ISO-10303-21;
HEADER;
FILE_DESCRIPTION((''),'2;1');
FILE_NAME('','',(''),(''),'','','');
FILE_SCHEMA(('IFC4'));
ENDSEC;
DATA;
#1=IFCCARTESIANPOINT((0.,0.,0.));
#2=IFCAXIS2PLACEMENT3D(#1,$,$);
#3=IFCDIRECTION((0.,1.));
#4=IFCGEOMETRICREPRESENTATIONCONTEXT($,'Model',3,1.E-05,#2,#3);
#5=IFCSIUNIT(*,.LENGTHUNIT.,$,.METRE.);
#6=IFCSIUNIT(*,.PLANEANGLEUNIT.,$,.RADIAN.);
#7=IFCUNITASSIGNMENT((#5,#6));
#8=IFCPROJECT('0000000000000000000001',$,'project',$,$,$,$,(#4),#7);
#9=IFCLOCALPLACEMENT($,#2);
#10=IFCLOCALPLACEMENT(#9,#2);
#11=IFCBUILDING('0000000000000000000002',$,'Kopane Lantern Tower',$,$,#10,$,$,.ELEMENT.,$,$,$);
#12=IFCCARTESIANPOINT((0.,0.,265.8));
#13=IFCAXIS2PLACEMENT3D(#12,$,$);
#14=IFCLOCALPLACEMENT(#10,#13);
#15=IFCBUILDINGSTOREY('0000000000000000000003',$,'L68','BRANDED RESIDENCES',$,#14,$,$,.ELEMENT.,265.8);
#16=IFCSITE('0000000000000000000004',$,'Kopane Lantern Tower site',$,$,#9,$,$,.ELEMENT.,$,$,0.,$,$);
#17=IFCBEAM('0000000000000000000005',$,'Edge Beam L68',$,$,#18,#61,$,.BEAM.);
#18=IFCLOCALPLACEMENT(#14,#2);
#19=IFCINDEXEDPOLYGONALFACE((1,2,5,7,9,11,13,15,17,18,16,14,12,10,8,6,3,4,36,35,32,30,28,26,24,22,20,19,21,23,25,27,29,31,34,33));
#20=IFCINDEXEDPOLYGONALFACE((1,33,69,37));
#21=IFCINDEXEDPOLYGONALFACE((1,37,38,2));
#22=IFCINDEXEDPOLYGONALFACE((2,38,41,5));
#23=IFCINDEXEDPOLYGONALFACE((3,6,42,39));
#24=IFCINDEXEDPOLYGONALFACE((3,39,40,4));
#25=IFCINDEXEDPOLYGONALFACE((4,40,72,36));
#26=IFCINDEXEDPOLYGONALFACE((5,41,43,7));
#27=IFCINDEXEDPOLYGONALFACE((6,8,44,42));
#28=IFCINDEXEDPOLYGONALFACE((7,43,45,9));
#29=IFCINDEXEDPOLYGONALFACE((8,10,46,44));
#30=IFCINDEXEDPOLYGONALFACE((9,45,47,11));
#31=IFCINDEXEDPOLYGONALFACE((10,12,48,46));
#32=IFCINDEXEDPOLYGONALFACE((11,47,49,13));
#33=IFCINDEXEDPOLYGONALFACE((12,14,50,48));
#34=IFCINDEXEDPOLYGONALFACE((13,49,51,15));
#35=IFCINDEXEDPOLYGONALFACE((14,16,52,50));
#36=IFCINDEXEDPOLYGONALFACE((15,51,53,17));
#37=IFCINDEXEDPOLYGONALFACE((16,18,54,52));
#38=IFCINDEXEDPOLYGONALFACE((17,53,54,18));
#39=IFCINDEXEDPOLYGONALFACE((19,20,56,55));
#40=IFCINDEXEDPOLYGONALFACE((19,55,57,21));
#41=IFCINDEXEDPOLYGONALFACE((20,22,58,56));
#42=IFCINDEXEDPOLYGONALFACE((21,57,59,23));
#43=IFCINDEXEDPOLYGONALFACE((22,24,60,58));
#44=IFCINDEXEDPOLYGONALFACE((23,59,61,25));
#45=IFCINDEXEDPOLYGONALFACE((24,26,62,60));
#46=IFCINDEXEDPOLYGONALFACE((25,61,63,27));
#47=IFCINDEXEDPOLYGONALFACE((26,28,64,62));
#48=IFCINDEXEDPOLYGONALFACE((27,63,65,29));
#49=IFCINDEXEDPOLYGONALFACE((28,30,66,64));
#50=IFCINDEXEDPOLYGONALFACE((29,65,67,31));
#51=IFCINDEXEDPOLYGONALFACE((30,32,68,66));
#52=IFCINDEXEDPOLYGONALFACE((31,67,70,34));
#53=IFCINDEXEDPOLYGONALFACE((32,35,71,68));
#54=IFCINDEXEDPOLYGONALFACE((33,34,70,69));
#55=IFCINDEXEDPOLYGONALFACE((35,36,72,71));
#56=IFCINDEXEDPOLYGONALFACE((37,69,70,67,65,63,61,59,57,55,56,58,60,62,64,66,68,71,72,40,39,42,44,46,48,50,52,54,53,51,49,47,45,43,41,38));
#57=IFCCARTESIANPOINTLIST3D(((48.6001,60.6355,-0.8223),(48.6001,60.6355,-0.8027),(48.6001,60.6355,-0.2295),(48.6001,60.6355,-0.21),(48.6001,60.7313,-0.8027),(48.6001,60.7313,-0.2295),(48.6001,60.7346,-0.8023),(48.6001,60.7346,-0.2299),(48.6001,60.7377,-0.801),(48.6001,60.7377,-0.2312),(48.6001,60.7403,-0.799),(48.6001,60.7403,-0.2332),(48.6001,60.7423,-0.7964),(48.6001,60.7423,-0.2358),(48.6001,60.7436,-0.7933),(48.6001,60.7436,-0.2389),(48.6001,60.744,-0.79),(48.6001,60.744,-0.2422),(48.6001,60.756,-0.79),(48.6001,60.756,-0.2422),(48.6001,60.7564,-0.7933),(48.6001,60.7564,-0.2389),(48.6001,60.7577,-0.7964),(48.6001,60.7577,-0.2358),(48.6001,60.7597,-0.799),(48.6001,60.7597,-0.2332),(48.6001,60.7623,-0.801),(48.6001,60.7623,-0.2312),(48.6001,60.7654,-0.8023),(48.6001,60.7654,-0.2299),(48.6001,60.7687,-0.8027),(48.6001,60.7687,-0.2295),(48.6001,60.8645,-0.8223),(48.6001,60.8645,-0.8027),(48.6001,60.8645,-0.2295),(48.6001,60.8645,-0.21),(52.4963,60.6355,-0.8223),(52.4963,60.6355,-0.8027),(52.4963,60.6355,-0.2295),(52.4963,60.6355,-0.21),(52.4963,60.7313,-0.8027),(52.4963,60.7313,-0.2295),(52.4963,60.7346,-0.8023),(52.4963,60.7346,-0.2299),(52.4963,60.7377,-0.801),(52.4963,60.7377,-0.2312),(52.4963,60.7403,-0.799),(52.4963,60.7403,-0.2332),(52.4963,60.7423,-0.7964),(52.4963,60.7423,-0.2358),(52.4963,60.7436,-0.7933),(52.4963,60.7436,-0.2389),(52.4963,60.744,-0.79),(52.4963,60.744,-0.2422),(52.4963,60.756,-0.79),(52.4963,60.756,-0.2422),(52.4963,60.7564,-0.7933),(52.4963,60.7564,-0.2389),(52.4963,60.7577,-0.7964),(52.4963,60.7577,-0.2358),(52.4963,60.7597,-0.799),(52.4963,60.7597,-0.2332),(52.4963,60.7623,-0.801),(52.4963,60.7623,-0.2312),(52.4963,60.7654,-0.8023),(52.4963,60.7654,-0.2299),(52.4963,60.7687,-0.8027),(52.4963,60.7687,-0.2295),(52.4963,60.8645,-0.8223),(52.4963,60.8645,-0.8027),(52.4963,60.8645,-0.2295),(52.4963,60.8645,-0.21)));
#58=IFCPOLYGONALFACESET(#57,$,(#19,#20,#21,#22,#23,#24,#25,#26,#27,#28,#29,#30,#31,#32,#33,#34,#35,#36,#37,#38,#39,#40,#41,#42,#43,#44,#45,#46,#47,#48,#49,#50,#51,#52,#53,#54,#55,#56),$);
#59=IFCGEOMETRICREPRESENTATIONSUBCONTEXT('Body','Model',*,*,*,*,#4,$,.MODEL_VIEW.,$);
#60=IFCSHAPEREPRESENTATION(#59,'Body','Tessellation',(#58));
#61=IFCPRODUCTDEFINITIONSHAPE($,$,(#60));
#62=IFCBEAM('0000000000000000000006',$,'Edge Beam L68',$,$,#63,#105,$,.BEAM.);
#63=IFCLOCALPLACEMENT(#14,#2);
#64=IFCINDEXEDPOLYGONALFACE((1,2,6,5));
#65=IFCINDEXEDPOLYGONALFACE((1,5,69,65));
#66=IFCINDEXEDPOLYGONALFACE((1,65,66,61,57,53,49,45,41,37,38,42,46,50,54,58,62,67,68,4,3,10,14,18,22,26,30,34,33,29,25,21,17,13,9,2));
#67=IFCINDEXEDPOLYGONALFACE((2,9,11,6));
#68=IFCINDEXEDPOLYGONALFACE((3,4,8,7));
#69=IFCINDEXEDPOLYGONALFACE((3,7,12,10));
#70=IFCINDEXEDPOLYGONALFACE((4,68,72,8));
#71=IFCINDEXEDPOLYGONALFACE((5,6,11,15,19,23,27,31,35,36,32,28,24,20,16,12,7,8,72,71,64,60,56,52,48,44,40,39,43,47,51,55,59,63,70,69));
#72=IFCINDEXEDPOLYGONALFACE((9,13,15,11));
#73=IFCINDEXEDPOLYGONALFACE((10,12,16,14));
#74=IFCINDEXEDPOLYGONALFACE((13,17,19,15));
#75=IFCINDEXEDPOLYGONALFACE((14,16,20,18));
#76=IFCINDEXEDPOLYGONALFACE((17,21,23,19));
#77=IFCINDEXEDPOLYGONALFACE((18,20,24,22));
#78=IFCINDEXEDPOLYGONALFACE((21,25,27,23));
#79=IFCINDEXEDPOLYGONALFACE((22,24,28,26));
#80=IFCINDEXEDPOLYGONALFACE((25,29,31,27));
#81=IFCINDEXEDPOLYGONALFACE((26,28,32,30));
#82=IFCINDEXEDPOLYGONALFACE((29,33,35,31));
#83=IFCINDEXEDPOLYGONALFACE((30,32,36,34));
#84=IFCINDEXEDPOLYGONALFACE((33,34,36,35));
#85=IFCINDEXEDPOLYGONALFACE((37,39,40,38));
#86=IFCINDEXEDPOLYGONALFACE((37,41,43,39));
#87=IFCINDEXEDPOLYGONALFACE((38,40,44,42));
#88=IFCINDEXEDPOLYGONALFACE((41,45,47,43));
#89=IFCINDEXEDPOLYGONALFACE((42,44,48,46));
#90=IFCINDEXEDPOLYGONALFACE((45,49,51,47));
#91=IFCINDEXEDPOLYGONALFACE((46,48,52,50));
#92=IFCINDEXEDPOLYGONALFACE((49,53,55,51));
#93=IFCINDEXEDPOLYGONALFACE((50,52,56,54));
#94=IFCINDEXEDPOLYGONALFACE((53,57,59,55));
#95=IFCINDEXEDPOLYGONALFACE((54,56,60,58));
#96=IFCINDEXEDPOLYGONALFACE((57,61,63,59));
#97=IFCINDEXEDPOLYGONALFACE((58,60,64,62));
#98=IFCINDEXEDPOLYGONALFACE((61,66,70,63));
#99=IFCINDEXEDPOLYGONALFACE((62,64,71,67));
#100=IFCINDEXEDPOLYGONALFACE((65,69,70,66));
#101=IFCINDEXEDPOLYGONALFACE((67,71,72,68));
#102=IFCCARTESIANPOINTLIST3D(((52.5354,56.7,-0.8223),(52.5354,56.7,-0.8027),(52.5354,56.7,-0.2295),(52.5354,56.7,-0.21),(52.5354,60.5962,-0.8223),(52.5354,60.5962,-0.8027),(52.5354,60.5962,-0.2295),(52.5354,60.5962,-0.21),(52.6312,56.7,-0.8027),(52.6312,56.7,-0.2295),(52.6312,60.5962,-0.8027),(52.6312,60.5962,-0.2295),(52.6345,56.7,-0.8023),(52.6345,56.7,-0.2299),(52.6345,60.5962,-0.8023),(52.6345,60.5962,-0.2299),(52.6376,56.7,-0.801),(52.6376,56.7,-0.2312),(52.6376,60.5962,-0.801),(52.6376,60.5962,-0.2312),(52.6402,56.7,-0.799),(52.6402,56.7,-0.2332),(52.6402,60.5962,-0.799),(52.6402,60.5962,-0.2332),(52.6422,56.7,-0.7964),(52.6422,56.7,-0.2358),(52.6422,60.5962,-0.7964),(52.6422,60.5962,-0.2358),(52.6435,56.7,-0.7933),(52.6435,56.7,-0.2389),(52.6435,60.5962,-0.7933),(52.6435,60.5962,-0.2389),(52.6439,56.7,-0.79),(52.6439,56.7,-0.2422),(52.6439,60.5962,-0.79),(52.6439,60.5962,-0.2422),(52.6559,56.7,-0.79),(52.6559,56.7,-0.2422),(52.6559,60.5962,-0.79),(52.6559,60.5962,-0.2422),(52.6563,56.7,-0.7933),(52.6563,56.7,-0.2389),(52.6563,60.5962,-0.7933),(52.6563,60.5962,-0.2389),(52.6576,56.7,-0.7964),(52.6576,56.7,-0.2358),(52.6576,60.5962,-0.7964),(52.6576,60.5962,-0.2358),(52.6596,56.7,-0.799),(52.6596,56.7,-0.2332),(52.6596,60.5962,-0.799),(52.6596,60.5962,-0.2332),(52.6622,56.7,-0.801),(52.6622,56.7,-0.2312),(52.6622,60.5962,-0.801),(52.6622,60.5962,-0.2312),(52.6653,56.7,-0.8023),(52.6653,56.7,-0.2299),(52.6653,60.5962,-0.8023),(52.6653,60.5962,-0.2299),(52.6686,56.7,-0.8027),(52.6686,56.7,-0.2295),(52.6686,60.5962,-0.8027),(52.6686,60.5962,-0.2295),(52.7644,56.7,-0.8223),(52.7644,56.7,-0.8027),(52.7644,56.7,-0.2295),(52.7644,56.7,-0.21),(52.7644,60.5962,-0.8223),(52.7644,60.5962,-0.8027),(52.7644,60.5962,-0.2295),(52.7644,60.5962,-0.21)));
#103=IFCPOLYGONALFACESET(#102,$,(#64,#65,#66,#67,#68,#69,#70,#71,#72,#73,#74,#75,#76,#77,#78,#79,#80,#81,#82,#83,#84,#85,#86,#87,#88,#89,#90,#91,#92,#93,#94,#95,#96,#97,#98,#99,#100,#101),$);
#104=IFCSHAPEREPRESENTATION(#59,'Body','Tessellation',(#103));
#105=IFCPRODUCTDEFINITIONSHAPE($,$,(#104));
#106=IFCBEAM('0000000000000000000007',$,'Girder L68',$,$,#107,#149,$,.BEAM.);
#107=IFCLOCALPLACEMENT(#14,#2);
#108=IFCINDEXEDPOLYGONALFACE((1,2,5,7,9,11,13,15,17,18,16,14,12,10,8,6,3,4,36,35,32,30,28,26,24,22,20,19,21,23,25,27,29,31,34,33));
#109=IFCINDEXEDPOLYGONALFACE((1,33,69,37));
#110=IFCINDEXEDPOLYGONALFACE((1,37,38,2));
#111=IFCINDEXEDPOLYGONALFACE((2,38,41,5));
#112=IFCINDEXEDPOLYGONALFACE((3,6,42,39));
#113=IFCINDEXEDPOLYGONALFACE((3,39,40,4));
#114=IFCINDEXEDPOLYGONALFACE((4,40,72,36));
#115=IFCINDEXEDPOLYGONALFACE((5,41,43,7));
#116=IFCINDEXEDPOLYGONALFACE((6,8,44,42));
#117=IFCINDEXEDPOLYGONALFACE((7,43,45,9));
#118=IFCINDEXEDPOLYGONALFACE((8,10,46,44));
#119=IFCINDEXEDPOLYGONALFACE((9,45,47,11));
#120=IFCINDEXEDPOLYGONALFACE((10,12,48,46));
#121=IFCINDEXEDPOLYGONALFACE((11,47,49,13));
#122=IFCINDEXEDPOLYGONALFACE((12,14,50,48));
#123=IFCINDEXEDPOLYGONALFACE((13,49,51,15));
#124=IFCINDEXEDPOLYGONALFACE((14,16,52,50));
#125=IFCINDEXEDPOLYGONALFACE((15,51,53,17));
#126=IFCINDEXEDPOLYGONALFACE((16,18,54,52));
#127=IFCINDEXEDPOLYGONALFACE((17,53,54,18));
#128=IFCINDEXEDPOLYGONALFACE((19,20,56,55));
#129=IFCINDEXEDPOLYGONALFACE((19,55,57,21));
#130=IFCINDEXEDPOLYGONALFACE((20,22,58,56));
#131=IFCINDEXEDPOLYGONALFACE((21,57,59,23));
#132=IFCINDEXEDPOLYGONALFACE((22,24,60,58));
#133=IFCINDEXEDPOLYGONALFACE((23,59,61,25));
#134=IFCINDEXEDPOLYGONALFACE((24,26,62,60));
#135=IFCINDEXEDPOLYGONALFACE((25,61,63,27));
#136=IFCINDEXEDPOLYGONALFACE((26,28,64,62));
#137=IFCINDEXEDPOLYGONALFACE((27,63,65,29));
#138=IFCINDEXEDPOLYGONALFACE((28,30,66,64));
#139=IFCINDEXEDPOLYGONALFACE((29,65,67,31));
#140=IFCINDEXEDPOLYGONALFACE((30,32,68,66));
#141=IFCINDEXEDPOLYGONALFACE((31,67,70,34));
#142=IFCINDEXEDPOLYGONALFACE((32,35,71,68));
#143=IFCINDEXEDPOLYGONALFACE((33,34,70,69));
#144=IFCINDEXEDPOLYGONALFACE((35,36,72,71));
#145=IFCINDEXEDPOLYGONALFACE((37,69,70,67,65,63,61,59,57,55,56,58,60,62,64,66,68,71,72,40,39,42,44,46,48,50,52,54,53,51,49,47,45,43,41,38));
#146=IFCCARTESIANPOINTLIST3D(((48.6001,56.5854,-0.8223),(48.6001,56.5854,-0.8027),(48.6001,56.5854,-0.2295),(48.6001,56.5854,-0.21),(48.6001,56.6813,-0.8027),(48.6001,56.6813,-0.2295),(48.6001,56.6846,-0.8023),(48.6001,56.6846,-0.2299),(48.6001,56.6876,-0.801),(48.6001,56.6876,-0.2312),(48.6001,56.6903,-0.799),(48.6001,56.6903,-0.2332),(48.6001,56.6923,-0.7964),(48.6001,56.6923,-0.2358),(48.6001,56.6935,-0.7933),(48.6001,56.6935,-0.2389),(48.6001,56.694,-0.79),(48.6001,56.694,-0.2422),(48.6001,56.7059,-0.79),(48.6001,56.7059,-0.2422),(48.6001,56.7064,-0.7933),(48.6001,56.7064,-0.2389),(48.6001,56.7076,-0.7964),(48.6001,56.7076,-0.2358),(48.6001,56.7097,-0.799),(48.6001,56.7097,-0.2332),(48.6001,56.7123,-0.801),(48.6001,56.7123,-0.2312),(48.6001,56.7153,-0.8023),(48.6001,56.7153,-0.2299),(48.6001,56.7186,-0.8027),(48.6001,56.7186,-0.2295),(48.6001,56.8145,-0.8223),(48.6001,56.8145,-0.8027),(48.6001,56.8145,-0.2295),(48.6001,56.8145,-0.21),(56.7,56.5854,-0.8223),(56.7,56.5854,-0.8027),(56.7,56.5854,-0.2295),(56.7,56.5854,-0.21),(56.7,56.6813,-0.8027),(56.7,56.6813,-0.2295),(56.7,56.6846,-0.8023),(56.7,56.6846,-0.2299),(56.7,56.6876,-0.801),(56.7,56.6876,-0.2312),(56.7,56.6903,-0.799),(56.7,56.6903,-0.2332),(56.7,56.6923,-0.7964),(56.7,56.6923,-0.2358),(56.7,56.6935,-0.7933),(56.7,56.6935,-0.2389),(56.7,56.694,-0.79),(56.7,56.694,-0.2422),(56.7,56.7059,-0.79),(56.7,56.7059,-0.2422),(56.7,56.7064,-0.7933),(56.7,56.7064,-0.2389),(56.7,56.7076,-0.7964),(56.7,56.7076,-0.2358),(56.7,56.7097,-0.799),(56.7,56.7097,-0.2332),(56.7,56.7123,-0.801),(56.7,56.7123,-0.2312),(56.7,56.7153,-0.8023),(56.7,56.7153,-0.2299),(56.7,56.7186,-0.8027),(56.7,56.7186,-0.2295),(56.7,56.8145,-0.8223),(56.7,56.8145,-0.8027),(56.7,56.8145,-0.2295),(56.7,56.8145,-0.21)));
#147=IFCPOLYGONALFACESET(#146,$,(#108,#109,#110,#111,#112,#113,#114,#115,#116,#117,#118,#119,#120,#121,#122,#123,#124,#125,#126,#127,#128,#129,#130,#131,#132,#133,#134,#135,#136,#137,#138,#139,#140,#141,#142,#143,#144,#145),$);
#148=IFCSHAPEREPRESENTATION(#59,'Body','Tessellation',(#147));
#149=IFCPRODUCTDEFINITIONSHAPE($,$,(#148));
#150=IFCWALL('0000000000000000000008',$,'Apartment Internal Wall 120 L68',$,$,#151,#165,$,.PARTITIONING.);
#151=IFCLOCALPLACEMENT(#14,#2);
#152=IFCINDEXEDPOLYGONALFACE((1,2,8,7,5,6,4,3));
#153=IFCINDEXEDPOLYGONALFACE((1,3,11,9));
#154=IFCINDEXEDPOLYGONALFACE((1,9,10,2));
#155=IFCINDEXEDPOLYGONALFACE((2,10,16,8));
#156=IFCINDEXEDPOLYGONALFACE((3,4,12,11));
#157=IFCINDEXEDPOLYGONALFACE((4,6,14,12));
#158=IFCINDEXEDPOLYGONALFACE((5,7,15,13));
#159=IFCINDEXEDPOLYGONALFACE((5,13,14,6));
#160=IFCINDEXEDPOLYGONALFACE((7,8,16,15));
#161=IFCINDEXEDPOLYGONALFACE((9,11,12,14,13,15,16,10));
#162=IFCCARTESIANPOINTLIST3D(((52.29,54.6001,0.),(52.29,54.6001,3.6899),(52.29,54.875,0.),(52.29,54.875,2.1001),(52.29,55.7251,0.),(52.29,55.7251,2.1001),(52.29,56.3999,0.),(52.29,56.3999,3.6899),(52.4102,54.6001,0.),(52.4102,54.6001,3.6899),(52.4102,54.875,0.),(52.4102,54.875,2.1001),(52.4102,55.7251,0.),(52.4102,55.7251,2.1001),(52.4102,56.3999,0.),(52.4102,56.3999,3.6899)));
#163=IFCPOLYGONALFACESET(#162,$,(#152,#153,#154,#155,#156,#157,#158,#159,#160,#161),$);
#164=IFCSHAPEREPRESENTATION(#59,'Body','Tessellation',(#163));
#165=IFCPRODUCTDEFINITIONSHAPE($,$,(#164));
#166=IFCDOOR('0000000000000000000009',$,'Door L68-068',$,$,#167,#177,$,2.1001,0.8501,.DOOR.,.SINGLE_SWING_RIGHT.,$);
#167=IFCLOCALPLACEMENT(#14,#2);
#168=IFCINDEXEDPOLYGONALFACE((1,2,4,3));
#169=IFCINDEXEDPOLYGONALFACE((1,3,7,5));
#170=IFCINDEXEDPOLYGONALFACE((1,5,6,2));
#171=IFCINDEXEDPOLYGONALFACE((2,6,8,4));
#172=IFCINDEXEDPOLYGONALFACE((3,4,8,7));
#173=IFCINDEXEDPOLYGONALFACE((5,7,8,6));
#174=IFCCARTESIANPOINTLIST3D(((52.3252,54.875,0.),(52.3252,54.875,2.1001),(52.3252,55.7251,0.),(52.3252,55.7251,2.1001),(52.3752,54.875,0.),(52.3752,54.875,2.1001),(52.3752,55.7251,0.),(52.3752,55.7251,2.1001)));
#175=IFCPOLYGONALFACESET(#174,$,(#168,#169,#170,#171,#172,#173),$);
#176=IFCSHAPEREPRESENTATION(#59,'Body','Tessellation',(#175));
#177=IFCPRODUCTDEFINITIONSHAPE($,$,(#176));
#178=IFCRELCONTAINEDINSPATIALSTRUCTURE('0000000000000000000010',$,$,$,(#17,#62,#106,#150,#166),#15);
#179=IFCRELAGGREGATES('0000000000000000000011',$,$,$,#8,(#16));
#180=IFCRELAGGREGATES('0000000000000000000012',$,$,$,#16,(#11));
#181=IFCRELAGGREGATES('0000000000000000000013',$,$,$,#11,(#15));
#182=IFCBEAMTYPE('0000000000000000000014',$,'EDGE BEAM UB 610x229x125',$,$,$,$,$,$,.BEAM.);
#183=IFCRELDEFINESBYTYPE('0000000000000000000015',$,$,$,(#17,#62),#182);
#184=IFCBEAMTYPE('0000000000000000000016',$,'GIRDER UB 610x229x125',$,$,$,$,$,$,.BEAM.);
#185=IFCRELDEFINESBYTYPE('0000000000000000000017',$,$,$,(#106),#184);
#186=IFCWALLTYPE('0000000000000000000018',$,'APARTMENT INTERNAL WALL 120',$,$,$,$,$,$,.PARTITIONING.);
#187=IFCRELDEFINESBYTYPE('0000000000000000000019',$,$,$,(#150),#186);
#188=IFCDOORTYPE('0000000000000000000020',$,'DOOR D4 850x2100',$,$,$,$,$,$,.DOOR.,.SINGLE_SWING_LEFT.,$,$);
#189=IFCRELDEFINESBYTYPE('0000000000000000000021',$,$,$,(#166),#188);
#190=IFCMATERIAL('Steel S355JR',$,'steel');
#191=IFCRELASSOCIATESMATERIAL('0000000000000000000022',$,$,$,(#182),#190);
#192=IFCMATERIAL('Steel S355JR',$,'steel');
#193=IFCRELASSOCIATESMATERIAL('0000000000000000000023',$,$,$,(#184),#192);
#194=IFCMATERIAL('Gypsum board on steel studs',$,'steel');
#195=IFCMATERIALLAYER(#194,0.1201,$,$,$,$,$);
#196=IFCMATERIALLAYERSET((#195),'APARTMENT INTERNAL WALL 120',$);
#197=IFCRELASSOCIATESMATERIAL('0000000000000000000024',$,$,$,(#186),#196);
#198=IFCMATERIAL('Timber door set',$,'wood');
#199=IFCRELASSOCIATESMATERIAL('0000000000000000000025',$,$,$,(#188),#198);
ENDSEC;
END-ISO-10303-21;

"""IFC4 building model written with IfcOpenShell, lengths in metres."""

from ifc_helpers import new_model, si_unit, direction, frame, frame_2d, origin, origin_2d, place, context, subcontext, project, spatial, rectangle, i_section, extrude, material, layer, layer_set, material_profile, profile_set, type_object, element, fill, save


model = new_model("IFC4")

# Units and contexts
model_context = context("Model", 3, precision=1e-05, world=origin(), true_north=direction((0.0, 1.0)))
body_context = subcontext(model_context, "Body", "Model", "MODEL_VIEW")
ifc_project = project(units=[si_unit("LENGTHUNIT", "METRE"), si_unit("PLANEANGLEUNIT", "RADIAN")], contexts=[model_context])

# Site, building, storey
site_placement = place(None, origin())
site = spatial("IfcSite", under=ifc_project, at=site_placement, Name="Kopane Lantern Tower site", CompositionType="ELEMENT", RefElevation=0.0)
building_placement = place(site_placement, origin())
building = spatial("IfcBuilding", under=site, at=building_placement, Name="Kopane Lantern Tower", CompositionType="ELEMENT")
storey_placement = place(building_placement, frame((0.0, 0.0, 265.8)))
storey = spatial("IfcBuildingStorey", under=building, at=storey_placement, Name="L68", Description="BRANDED RESIDENCES", CompositionType="ELEMENT", Elevation=265.8)

# Beams
ifc_material_1 = material(Name="Steel S355JR", Category="steel")
ifc_material_profile_1 = material_profile(ifc_material_1, i_section(OverallWidth=0.229, OverallDepth=0.6123, WebThickness=0.012, FlangeThickness=0.0195, FilletRadius=0.0127, at=origin_2d()), Name="UB 610x229x125")
ifc_profile_set_1 = profile_set([ifc_material_profile_1], Name="Steel S355JR")
beam_type_1 = type_object("IfcBeamType", Name="EDGE BEAM UB 610x229x125", PredefinedType="BEAM", material=ifc_profile_set_1)
for number, where, z_axis, x_axis, name in (
    (1, (52.4963, 60.75, -0.5161), (-1.0, 0.0, 0.0), (0.0, -1.0, 0.0), "Edge Beam L68"),
    (2, (52.6499, 60.5962, -0.5161), (0.0, -1.0, 0.0), (1.0, 0.0, 0.0), "Edge Beam L68"),
):
    element("IfcBeam", number, at=place(storey_placement, frame(where, z_axis=z_axis, x_axis=x_axis)), inside=storey, type_object=beam_type_1, Name=name, PredefinedType="BEAM", context=body_context, shape_type="SweptSolid", body=[
        extrude(i_section(OverallWidth=0.229, OverallDepth=0.6123, WebThickness=0.012, FlangeThickness=0.0195, FilletRadius=0.0127, at=origin_2d()), origin(), (0.0, 0.0, 1.0), 3.8962),
    ])
ifc_material_2 = material(Name="Steel S355JR", Category="steel")
ifc_material_profile_2 = material_profile(ifc_material_2, i_section(OverallWidth=0.229, OverallDepth=0.6123, WebThickness=0.012, FlangeThickness=0.0195, FilletRadius=0.0127, at=origin_2d()), Name="UB 610x229x125")
ifc_profile_set_2 = profile_set([ifc_material_profile_2], Name="Steel S355JR")
beam_type_2 = type_object("IfcBeamType", Name="GIRDER UB 610x229x125", PredefinedType="BEAM", material=ifc_profile_set_2)
beam_1_placement = place(storey_placement, frame((48.6001, 56.7, -0.5161), z_axis=(1.0, 0.0, 0.0), x_axis=(0.0, 1.0, 0.0)))
element("IfcBeam", 3, at=beam_1_placement, inside=storey, type_object=beam_type_2, Name="Girder L68", PredefinedType="BEAM", context=body_context, shape_type="SweptSolid", body=[
    extrude(i_section(OverallWidth=0.229, OverallDepth=0.6123, WebThickness=0.012, FlangeThickness=0.0195, FilletRadius=0.0127, at=origin_2d()), origin(), (0.0, 0.0, 1.0), 8.0999),
])

# Wall, opening, door
ifc_material_3 = material(Name="Gypsum board on steel studs", Category="steel")
ifc_layer_1 = layer(ifc_material_3, 0.1201)
ifc_layer_set_1 = layer_set([ifc_layer_1], Name="APARTMENT INTERNAL WALL 120")
wall_type_1 = type_object("IfcWallType", Name="APARTMENT INTERNAL WALL 120", PredefinedType="PARTITIONING", material=ifc_layer_set_1)
wall_1_placement = place(storey_placement, frame((52.3501, 54.6001, 0.0), z_axis=(0.0, 0.0, 1.0), x_axis=(0.0, 1.0, 0.0)))
wall_1 = element("IfcWall", 4, at=wall_1_placement, inside=storey, type_object=wall_type_1, Name="Apartment Internal Wall 120 L68", PredefinedType="PARTITIONING", context=body_context, shape_type="SweptSolid", body=[
    extrude(rectangle(XDim=1.7998, YDim=0.1201, at=frame_2d((0.8999, 0.0))), origin(), (0.0, 0.0, 1.0), 3.6899),
])
opening_1_placement = place(wall_1_placement, frame((0.2749, 0.0, 0.0)))
opening_1 = element("IfcOpeningElement", 5, at=opening_1_placement, cuts=wall_1, PredefinedType="OPENING", context=body_context, shape_type="SweptSolid", body=[
    extrude(rectangle(XDim=0.8501, YDim=2.1001, at=frame_2d((0.425, 1.05))), frame((0.0, 0.0701, 0.0), z_axis=(0.0, -1.0, 0.0), x_axis=(1.0, 0.0, 0.0)), (0.0, 0.0, 1.0), 0.1401),
])
ifc_material_4 = material(Name="Timber door set", Category="wood")
door_type = type_object("IfcDoorType", Name="DOOR D4 850x2100", OperationType="SINGLE_SWING_LEFT", PredefinedType="DOOR", material=ifc_material_4)
door_placement = place(opening_1_placement, origin())
door = element("IfcDoor", 6, at=door_placement, inside=storey, type_object=door_type, Name="Door L68-068", OperationType="SINGLE_SWING_RIGHT", OverallHeight=2.1001, OverallWidth=0.8501, PredefinedType="DOOR", context=body_context, shape_type="SweptSolid", body=[
    extrude(rectangle(XDim=0.8501, YDim=2.1001, at=frame_2d((0.425, 1.05))), frame((0.0, 0.0249, 0.0), z_axis=(0.0, -1.0, 0.0), x_axis=(1.0, 0.0, 0.0)), (0.0, 0.0, 1.0), 0.05),
])
fill(opening_1, door)

save(model, "model.ifc")
